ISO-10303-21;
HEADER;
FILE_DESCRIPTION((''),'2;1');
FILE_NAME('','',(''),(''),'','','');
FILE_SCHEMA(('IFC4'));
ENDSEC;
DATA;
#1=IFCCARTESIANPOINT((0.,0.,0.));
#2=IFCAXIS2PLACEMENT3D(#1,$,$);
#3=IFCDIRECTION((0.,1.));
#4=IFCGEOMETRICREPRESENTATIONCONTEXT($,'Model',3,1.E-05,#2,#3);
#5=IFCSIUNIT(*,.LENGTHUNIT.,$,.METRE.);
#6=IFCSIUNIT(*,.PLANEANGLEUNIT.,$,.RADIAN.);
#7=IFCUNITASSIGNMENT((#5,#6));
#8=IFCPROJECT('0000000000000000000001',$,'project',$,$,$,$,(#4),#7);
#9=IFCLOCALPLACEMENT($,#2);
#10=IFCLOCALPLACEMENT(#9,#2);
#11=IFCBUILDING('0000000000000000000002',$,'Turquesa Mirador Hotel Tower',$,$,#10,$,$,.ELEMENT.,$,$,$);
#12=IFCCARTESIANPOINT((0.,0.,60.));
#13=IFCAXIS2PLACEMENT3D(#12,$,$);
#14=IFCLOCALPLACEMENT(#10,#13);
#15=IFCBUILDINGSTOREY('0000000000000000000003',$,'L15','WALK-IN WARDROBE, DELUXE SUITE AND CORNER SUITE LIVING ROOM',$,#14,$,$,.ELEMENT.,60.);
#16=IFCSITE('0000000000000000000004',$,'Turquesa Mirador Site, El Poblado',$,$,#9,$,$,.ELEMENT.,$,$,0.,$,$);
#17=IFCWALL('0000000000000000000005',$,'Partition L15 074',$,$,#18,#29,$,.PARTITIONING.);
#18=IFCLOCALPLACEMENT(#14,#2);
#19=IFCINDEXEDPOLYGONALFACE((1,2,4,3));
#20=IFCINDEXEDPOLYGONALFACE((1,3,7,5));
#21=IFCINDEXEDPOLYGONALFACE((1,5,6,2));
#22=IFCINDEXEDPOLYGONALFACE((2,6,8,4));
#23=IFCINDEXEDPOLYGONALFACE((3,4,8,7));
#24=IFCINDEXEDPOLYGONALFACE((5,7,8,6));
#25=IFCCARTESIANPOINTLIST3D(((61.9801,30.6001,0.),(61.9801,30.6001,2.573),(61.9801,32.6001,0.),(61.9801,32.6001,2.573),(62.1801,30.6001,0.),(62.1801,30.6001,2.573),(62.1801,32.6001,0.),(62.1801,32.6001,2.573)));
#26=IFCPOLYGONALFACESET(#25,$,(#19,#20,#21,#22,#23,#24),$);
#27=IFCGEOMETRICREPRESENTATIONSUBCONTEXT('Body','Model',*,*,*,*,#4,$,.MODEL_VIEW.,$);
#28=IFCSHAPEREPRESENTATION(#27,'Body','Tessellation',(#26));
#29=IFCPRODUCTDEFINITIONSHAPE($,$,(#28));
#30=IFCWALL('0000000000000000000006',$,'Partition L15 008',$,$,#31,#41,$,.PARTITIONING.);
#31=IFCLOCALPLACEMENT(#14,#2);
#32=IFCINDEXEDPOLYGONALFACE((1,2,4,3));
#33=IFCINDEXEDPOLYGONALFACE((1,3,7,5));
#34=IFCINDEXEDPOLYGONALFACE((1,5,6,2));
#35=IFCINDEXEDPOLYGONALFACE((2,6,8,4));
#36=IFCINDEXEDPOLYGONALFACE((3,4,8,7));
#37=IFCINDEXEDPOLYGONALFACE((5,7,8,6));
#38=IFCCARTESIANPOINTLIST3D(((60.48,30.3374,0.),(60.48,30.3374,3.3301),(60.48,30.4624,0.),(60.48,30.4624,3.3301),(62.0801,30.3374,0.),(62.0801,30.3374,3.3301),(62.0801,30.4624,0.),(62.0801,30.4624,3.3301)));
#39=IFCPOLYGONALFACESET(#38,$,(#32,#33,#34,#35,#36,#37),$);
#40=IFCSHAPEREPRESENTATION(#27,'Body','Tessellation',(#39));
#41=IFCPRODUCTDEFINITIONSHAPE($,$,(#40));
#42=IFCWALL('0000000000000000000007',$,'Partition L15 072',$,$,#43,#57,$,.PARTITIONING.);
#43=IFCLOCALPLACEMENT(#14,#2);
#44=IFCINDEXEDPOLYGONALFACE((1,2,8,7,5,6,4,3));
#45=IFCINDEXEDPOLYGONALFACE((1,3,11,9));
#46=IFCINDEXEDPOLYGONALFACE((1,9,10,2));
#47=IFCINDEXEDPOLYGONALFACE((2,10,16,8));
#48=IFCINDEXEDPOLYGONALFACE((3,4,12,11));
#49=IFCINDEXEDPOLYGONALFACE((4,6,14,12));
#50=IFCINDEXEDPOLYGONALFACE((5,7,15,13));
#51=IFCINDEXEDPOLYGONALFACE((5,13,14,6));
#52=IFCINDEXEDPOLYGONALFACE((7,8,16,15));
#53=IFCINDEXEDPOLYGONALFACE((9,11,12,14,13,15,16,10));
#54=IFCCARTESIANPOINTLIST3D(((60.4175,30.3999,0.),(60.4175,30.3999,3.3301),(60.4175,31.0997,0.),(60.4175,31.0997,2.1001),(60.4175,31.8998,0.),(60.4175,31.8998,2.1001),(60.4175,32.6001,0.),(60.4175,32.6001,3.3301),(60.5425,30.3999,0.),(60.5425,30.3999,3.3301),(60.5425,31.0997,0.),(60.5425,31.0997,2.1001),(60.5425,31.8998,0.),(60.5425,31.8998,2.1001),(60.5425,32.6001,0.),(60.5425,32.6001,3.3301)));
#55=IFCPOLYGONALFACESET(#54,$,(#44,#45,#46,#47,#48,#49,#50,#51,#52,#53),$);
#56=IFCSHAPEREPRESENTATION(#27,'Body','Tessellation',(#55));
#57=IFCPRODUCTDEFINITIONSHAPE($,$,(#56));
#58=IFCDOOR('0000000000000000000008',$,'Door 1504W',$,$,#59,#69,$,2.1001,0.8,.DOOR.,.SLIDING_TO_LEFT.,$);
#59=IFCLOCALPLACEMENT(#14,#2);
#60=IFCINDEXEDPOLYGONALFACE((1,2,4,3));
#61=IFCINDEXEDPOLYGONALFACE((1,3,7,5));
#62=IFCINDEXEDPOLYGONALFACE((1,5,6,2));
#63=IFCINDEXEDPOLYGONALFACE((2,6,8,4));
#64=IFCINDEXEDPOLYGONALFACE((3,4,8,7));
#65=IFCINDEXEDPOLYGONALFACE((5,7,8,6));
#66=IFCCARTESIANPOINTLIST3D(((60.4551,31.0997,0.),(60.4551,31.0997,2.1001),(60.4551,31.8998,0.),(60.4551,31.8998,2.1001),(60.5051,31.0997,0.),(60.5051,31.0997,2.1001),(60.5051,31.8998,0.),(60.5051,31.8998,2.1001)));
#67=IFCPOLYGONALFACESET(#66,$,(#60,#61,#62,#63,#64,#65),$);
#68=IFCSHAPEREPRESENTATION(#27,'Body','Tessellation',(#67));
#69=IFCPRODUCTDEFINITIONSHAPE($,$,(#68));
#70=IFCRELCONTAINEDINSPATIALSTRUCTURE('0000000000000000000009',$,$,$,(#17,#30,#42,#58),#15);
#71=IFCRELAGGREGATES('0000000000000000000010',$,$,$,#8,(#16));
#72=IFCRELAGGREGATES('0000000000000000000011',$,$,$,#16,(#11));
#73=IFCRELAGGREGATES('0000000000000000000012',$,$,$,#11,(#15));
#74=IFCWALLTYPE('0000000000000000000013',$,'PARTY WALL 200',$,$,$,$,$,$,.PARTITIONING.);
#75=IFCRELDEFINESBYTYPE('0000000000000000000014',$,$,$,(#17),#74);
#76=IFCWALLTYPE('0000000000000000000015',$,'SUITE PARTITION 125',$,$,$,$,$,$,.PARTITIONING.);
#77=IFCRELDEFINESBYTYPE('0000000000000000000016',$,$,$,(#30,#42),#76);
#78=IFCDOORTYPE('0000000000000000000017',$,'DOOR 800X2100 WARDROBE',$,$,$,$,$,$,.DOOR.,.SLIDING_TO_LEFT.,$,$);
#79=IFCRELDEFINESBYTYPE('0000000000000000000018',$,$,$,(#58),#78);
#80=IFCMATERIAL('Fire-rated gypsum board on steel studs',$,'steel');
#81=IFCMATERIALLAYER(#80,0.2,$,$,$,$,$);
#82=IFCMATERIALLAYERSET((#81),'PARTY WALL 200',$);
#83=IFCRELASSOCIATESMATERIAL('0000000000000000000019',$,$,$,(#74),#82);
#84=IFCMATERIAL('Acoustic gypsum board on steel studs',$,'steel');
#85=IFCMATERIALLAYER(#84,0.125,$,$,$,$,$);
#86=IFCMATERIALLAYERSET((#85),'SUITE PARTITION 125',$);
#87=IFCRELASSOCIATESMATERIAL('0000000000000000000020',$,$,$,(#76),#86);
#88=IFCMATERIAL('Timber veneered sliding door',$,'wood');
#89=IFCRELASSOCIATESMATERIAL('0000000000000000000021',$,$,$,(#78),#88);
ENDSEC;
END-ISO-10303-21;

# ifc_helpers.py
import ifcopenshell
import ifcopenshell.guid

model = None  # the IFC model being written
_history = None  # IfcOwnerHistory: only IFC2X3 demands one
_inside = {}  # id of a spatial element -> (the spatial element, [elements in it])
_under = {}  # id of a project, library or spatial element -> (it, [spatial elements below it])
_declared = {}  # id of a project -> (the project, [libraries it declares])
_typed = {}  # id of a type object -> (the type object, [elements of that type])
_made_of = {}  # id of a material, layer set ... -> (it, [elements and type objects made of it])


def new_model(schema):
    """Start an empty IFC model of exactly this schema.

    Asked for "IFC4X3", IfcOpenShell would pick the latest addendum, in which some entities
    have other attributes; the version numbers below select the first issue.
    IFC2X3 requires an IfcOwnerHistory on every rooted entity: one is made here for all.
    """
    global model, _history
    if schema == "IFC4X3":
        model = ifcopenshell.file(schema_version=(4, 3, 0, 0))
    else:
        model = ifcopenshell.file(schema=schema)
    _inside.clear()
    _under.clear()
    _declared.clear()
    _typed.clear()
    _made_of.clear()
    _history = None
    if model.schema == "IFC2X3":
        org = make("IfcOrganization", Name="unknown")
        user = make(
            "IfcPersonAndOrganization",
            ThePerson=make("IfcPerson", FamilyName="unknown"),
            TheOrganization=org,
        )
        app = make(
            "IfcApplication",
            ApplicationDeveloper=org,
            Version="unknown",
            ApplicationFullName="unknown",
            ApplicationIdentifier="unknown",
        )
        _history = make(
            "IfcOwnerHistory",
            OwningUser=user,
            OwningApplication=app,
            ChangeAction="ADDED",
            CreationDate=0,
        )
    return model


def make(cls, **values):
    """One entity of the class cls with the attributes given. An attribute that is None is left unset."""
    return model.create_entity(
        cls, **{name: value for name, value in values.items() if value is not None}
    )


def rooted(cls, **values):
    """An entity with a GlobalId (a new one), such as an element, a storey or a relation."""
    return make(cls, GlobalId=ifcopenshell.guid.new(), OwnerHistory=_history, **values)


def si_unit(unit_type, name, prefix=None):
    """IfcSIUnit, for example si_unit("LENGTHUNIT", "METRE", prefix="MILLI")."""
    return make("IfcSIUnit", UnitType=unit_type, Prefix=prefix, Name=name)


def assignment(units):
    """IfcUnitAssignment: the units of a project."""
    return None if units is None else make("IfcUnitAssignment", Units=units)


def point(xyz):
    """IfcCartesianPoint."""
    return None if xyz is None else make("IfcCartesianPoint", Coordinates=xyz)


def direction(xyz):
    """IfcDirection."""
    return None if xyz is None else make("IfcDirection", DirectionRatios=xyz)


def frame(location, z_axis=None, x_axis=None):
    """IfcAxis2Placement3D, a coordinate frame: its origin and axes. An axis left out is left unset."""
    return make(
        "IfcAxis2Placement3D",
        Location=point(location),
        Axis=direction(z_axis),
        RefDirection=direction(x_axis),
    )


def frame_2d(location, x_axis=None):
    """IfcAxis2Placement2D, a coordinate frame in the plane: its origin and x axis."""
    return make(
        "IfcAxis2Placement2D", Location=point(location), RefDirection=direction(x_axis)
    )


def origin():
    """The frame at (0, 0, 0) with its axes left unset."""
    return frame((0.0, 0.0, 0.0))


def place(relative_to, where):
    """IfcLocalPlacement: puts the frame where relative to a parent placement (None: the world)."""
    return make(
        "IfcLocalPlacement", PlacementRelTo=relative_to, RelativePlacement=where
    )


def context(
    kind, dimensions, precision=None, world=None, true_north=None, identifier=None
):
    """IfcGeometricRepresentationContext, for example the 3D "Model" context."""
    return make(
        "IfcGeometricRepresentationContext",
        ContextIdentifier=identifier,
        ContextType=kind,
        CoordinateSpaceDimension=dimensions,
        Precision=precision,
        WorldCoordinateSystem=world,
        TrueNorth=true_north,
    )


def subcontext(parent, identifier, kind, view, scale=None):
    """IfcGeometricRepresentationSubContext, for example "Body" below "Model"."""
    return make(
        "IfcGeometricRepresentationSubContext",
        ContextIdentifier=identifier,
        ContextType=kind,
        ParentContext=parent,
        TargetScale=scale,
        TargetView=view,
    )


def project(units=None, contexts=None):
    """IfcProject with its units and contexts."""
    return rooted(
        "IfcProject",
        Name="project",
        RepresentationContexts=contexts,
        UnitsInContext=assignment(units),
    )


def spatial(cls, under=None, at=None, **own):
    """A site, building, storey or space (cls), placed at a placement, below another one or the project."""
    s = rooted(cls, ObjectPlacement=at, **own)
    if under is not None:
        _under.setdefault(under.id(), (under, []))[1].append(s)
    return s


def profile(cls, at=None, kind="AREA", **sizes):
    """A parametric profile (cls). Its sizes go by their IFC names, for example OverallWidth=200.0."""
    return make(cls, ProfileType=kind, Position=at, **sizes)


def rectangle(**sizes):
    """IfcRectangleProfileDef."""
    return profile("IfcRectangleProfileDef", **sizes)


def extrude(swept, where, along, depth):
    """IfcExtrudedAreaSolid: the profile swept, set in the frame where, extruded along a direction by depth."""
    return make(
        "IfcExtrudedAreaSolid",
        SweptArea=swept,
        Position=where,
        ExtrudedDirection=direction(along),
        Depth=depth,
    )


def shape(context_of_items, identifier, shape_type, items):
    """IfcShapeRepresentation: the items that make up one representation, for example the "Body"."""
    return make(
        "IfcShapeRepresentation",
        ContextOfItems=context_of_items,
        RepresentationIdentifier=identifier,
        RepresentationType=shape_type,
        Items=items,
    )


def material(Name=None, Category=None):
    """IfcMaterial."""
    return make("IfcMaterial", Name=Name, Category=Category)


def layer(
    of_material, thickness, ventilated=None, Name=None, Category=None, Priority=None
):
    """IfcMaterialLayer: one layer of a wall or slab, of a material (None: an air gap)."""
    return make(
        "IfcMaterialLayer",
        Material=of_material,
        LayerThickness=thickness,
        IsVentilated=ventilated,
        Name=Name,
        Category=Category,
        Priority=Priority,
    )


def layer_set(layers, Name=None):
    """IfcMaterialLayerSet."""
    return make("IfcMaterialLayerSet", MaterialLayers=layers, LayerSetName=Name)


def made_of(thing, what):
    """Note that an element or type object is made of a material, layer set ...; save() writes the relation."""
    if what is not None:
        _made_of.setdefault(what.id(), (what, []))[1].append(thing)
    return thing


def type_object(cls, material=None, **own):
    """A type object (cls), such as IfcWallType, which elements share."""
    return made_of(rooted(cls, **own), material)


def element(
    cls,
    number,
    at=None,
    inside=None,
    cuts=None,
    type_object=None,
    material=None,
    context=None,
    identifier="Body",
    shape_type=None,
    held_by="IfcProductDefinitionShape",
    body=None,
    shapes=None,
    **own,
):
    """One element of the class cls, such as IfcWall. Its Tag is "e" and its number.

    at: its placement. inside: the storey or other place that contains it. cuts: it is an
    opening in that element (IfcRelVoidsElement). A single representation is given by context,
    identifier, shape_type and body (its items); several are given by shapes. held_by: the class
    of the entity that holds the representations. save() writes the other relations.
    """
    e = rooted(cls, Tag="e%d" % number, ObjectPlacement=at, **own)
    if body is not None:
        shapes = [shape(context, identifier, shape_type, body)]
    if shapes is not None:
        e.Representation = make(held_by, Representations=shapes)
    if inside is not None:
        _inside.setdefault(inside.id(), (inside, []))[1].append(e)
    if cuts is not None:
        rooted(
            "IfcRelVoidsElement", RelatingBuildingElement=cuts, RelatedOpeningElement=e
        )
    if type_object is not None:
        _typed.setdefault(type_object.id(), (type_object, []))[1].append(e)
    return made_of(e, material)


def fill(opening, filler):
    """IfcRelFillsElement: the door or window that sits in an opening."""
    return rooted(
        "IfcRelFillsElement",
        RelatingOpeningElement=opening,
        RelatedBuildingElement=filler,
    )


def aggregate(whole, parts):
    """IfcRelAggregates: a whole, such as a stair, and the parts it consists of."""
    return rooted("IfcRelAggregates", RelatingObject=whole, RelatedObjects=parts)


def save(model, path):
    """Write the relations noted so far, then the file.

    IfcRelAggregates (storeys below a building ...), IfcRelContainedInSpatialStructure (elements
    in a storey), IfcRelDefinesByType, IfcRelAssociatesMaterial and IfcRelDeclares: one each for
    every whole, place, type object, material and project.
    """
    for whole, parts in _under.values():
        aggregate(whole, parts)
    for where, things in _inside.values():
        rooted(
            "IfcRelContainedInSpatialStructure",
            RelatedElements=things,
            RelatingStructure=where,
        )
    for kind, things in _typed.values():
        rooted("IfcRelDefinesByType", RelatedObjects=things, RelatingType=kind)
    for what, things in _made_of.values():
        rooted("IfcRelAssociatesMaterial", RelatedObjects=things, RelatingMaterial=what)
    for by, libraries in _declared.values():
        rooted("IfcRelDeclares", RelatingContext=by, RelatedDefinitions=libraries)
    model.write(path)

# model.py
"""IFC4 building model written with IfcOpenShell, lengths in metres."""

from ifc_helpers import new_model, si_unit, direction, frame, frame_2d, origin, place, context, subcontext, project, spatial, rectangle, extrude, material, layer, layer_set, type_object, element, fill, save


model = new_model("IFC4")

# Units and contexts
model_context = context("Model", 3, precision=1e-05, world=origin(), true_north=direction((0.0, 1.0)))
body_context = subcontext(model_context, "Body", "Model", "MODEL_VIEW")
ifc_project = project(units=[si_unit("LENGTHUNIT", "METRE"), si_unit("PLANEANGLEUNIT", "RADIAN")], contexts=[model_context])

# Site, building, storey
site_placement = place(None, origin())
site = spatial("IfcSite", under=ifc_project, at=site_placement, Name="Turquesa Mirador Site, El Poblado", CompositionType="ELEMENT", RefElevation=0.0)
building_placement = place(site_placement, origin())
building = spatial("IfcBuilding", under=site, at=building_placement, Name="Turquesa Mirador Hotel Tower", CompositionType="ELEMENT")
storey_placement = place(building_placement, frame((0.0, 0.0, 60.0)))
storey = spatial("IfcBuildingStorey", under=building, at=storey_placement, Name="L15", Description="WALK-IN WARDROBE, DELUXE SUITE AND CORNER SUITE LIVING ROOM", CompositionType="ELEMENT", Elevation=60.0)

# Walls
ifc_material_1 = material(Name="Fire-rated gypsum board on steel studs", Category="steel")
ifc_layer_1 = layer(ifc_material_1, 0.2)
ifc_layer_set_1 = layer_set([ifc_layer_1], Name="PARTY WALL 200")
wall_type_1 = type_object("IfcWallType", Name="PARTY WALL 200", PredefinedType="PARTITIONING", material=ifc_layer_set_1)
wall_1_placement = place(storey_placement, frame((62.0801, 30.6001, 0.0), z_axis=(0.0, 0.0, 1.0), x_axis=(0.0, 1.0, 0.0)))
element("IfcWall", 1, at=wall_1_placement, inside=storey, type_object=wall_type_1, Name="Partition L15 074", PredefinedType="PARTITIONING", context=body_context, shape_type="SweptSolid", body=[
    extrude(rectangle(XDim=2.0, YDim=0.2, at=frame_2d((1.0, 0.0))), origin(), (0.0, 0.0, 1.0), 2.573),
])
ifc_material_2 = material(Name="Acoustic gypsum board on steel studs", Category="steel")
ifc_layer_2 = layer(ifc_material_2, 0.125)
ifc_layer_set_2 = layer_set([ifc_layer_2], Name="SUITE PARTITION 125")
wall_type_2 = type_object("IfcWallType", Name="SUITE PARTITION 125", PredefinedType="PARTITIONING", material=ifc_layer_set_2)
wall_2_placement = place(storey_placement, frame((60.48, 30.3999, 0.0), z_axis=(0.0, 0.0, 1.0), x_axis=(1.0, 0.0, 0.0)))
element("IfcWall", 2, at=wall_2_placement, inside=storey, type_object=wall_type_2, Name="Partition L15 008", PredefinedType="PARTITIONING", context=body_context, shape_type="SweptSolid", body=[
    extrude(rectangle(XDim=1.6001, YDim=0.125, at=frame_2d((0.8, 0.0))), origin(), (0.0, 0.0, 1.0), 3.3301),
])

# Wall, opening, door
wall_3_placement = place(storey_placement, frame((60.48, 30.3999, 0.0), z_axis=(0.0, 0.0, 1.0), x_axis=(0.0, 1.0, 0.0)))
wall_3 = element("IfcWall", 3, at=wall_3_placement, inside=storey, type_object=wall_type_2, Name="Partition L15 072", PredefinedType="PARTITIONING", context=body_context, shape_type="SweptSolid", body=[
    extrude(rectangle(XDim=2.2002, YDim=0.125, at=frame_2d((1.1001, 0.0))), origin(), (0.0, 0.0, 1.0), 3.3301),
])
opening_1_placement = place(wall_3_placement, frame((0.7, 0.0, 0.0)))
opening_1 = element("IfcOpeningElement", 4, at=opening_1_placement, cuts=wall_3, PredefinedType="OPENING", context=body_context, shape_type="SweptSolid", body=[
    extrude(rectangle(XDim=0.8, YDim=2.1001, at=frame_2d((0.3999, 1.05))), frame((0.0, 0.0725, 0.0), z_axis=(0.0, -1.0, 0.0), x_axis=(1.0, 0.0, 0.0)), (0.0, 0.0, 1.0), 0.145),
])
ifc_material_3 = material(Name="Timber veneered sliding door", Category="wood")
door_type_1 = type_object("IfcDoorType", Name="DOOR 800X2100 WARDROBE", OperationType="SLIDING_TO_LEFT", PredefinedType="DOOR", material=ifc_material_3)
door_1_placement = place(opening_1_placement, origin())
door_1 = element("IfcDoor", 5, at=door_1_placement, inside=storey, type_object=door_type_1, Name="Door 1504W", OperationType="SLIDING_TO_LEFT", OverallHeight=2.1001, OverallWidth=0.8, PredefinedType="DOOR", context=body_context, shape_type="SweptSolid", body=[
    extrude(rectangle(XDim=0.8, YDim=2.1001, at=frame_2d((0.3999, 1.05))), frame((0.0, 0.0249, 0.0), z_axis=(0.0, -1.0, 0.0), x_axis=(1.0, 0.0, 0.0)), (0.0, 0.0, 1.0), 0.05),
])
fill(opening_1, door_1)

save(model, "model.ifc")
